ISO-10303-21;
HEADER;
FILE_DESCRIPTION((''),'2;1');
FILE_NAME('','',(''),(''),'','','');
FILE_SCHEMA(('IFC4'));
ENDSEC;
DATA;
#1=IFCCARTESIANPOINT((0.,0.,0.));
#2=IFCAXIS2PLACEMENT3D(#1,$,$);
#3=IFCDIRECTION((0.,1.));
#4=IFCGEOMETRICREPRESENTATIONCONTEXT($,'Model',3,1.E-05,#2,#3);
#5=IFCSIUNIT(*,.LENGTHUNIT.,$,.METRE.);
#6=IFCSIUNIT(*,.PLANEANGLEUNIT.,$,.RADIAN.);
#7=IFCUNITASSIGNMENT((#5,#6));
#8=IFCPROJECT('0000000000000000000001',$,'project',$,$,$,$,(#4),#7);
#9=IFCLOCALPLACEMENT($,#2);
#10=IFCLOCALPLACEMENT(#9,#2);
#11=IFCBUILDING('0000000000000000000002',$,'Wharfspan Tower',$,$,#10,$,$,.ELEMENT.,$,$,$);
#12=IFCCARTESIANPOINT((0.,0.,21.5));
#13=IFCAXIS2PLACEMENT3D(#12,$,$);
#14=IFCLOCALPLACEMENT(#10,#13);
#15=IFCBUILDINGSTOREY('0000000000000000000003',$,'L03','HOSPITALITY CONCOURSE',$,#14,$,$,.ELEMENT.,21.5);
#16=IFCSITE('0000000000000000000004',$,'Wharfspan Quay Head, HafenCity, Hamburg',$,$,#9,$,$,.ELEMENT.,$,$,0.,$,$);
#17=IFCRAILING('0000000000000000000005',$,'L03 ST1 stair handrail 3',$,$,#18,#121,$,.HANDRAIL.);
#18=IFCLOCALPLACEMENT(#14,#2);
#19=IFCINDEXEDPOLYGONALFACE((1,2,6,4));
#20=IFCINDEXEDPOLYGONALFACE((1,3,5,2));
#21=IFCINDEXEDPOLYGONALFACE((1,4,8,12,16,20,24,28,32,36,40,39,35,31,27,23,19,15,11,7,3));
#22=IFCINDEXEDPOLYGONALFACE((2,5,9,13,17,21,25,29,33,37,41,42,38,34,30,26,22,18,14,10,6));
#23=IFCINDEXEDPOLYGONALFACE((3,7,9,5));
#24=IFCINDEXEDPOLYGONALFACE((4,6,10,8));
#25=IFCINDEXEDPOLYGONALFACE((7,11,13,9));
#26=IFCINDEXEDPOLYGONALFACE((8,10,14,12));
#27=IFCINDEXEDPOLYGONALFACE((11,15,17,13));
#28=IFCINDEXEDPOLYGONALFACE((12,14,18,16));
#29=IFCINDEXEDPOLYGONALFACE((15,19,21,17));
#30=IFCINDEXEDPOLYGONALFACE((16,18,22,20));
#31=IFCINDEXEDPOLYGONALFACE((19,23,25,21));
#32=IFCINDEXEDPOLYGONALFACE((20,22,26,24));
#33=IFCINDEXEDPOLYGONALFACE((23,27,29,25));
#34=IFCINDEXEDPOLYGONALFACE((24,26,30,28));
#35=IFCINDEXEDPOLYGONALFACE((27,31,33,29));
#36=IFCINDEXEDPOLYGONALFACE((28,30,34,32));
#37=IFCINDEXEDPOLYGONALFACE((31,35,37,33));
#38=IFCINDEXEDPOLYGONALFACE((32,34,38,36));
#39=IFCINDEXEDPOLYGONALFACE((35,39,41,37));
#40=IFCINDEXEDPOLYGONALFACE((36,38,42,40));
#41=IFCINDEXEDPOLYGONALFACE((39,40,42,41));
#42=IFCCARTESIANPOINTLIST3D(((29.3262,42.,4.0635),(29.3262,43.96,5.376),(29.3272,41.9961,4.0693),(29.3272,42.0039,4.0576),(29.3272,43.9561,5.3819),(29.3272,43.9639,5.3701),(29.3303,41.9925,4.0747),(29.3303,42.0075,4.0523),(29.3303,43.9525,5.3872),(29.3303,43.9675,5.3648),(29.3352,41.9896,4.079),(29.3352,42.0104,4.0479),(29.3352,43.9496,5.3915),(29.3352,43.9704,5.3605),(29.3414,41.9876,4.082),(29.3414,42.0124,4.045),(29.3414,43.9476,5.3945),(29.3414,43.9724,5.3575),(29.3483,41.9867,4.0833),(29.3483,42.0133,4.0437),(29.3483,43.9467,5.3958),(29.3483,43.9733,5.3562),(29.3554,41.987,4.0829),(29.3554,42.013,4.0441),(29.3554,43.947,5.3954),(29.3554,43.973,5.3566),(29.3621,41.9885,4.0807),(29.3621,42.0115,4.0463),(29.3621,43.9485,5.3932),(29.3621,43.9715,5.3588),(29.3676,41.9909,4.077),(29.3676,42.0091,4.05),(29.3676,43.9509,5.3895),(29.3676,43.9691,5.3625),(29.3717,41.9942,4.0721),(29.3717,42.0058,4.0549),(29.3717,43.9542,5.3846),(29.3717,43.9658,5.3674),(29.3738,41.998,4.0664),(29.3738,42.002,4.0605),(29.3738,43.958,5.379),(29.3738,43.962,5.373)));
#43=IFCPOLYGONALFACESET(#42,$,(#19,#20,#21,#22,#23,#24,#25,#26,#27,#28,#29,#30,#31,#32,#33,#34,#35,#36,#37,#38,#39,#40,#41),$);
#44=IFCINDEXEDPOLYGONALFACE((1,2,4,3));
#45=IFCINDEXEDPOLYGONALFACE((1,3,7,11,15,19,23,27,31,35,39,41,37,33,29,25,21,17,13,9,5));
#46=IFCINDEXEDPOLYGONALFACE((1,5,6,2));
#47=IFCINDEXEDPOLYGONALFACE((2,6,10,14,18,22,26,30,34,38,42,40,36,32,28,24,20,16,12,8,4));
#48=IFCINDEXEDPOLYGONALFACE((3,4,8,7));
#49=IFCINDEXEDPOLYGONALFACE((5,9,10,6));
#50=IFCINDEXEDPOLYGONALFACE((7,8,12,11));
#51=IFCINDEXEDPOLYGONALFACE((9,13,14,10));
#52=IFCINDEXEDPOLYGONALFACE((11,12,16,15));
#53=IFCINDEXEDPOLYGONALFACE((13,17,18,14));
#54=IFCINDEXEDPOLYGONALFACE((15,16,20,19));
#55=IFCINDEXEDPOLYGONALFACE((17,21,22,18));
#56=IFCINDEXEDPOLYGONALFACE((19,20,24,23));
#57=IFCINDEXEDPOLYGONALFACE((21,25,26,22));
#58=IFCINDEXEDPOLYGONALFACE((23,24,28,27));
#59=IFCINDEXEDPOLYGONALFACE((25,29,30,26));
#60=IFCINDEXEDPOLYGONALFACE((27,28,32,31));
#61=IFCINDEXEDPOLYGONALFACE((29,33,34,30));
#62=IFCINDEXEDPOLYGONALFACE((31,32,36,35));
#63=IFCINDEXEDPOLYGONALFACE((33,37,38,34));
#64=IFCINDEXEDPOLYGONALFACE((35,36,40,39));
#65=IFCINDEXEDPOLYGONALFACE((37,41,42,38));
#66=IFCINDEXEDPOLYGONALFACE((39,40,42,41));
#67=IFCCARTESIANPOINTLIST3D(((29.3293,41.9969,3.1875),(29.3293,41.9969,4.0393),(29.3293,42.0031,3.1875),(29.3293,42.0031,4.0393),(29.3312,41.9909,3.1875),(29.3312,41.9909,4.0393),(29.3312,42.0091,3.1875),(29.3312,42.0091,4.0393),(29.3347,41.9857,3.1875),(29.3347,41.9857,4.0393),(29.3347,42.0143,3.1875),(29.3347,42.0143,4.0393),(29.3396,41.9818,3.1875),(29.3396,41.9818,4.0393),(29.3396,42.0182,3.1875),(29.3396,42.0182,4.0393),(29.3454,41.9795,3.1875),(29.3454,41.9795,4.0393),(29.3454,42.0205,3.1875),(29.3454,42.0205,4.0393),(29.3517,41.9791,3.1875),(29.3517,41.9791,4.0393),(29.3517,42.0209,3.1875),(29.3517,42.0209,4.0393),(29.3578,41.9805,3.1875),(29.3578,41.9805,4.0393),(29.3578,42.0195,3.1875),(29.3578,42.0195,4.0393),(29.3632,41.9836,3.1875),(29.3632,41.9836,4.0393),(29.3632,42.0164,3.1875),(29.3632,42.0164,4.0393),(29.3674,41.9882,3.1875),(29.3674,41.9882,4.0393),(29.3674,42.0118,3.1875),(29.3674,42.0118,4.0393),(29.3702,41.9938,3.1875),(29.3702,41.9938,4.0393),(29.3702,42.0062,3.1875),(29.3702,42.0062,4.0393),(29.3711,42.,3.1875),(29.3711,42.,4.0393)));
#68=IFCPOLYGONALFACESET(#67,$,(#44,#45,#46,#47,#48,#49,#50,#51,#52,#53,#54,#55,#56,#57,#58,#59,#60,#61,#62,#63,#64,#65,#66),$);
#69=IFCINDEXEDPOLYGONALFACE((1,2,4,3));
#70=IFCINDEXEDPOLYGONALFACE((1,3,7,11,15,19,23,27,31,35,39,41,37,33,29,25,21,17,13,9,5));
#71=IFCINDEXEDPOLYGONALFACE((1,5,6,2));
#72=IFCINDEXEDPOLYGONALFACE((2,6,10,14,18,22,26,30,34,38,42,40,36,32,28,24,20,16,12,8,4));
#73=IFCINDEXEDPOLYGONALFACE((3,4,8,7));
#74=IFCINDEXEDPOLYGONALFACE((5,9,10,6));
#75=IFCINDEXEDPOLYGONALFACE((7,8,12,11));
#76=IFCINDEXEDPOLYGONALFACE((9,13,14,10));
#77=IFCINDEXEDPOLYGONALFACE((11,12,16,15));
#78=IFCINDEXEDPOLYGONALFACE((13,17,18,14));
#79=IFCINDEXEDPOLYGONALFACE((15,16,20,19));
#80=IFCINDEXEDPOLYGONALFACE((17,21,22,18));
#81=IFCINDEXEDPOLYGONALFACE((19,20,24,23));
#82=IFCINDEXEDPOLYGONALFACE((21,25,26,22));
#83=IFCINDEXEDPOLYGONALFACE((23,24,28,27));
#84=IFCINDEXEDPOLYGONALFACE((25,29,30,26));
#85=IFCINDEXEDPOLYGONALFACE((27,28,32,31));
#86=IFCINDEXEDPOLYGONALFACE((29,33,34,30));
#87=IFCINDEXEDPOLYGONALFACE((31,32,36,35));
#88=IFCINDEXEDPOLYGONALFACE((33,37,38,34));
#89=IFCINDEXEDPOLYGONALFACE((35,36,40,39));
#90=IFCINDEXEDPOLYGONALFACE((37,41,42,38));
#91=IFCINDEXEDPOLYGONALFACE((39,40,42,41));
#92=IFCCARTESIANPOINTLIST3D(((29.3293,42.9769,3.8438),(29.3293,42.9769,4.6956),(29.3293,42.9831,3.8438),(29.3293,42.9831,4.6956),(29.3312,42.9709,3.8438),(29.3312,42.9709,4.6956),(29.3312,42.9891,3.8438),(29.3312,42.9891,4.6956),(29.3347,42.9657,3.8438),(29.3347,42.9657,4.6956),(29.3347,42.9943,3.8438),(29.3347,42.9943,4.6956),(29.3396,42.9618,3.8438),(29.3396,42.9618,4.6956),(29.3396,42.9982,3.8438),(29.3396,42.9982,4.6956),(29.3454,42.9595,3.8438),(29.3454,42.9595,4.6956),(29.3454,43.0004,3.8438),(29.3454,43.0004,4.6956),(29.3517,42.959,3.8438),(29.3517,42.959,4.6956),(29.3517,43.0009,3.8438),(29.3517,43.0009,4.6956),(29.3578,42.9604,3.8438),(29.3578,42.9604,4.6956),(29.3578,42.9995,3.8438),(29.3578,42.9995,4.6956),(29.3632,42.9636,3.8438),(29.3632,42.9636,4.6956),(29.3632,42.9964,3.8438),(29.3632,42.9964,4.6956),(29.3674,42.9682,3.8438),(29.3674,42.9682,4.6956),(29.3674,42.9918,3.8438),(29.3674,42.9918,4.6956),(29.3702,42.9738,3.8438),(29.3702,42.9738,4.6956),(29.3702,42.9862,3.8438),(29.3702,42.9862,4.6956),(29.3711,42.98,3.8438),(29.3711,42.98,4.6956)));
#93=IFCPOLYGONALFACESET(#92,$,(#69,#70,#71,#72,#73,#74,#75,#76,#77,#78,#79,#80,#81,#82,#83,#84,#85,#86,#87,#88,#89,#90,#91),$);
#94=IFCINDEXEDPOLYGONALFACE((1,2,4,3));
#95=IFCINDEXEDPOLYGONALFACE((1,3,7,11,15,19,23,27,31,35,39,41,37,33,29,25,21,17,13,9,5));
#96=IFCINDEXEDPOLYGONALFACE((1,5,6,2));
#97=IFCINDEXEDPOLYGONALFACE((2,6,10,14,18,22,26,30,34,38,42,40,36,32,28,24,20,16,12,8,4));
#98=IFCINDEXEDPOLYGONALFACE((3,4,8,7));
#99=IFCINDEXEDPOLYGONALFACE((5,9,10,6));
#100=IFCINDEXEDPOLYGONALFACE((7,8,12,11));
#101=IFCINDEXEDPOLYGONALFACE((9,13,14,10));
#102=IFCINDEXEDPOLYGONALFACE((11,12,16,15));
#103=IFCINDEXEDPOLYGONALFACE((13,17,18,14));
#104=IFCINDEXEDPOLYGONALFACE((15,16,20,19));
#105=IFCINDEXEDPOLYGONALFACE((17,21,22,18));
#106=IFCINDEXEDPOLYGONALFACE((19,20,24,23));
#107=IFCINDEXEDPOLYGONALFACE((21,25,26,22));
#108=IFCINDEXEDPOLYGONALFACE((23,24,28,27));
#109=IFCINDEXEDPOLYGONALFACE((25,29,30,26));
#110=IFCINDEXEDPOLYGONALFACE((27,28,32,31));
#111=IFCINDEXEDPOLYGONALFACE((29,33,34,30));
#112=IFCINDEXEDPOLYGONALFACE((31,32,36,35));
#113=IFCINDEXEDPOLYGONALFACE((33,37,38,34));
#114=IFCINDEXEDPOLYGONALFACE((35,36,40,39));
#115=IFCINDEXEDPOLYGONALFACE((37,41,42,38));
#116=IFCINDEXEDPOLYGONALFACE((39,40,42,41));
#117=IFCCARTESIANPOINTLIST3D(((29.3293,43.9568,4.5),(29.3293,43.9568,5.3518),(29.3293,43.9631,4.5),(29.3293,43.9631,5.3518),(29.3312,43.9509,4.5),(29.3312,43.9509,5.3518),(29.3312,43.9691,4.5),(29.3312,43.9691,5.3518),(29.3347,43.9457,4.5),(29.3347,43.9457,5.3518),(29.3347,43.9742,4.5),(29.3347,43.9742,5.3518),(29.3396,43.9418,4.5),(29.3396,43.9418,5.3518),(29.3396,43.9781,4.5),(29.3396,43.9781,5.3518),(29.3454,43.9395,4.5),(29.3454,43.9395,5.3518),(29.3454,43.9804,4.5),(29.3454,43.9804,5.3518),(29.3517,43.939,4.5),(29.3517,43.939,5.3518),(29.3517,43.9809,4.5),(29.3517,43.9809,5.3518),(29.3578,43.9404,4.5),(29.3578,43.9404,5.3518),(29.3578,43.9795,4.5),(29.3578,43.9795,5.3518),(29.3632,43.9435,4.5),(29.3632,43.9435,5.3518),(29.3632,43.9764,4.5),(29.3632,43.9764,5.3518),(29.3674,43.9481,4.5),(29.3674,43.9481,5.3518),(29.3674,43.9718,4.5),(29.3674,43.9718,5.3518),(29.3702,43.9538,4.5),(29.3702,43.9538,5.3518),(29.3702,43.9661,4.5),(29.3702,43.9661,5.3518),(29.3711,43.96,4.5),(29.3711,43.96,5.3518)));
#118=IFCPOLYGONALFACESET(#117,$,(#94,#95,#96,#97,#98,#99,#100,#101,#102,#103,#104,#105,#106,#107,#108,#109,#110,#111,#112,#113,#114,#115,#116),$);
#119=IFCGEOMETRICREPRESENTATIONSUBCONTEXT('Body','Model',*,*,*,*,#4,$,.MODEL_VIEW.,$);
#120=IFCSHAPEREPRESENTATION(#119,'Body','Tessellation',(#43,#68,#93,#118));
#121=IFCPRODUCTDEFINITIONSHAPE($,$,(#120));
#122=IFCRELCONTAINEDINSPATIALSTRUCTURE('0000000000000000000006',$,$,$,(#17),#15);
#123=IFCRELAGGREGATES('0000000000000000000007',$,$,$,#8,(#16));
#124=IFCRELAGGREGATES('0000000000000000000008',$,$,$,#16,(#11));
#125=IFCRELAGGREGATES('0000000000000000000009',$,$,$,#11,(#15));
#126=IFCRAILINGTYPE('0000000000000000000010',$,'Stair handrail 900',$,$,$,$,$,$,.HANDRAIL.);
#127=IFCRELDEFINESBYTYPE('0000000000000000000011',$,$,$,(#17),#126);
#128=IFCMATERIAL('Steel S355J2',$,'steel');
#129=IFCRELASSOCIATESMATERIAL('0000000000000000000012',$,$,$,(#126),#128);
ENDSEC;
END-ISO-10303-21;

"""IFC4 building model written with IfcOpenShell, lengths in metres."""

from ifc_helpers import new_model, si_unit, direction, frame, origin, origin_2d, place, context, subcontext, project, spatial, circle, extrude, material, type_object, element, save


model = new_model("IFC4")

# Units and contexts
model_context = context("Model", 3, precision=1e-05, world=origin(), true_north=direction((0.0, 1.0)))
body_context = subcontext(model_context, "Body", "Model", "MODEL_VIEW")
ifc_project = project(units=[si_unit("LENGTHUNIT", "METRE"), si_unit("PLANEANGLEUNIT", "RADIAN")], contexts=[model_context])

# Site, building, storey
site_placement = place(None, origin())
site = spatial("IfcSite", under=ifc_project, at=site_placement, Name="Wharfspan Quay Head, HafenCity, Hamburg", CompositionType="ELEMENT", RefElevation=0.0)
building_placement = place(site_placement, origin())
building = spatial("IfcBuilding", under=site, at=building_placement, Name="Wharfspan Tower", CompositionType="ELEMENT")
storey_placement = place(building_placement, frame((0.0, 0.0, 21.5)))
storey = spatial("IfcBuildingStorey", under=building, at=storey_placement, Name="L03", Description="HOSPITALITY CONCOURSE", CompositionType="ELEMENT", Elevation=21.5)

# Railing
ifc_material_1 = material(Name="Steel S355J2", Category="steel")
railing_type_1 = type_object("IfcRailingType", Name="Stair handrail 900", PredefinedType="HANDRAIL", material=ifc_material_1)
for number, where, name in (
    (1, (29.3501, 42.0, 3.1875), "L03 ST1 stair handrail 3"),
):
    element("IfcRailing", number, at=place(storey_placement, frame(where)), inside=storey, type_object=railing_type_1, Name=name, PredefinedType="HANDRAIL", context=body_context, shape_type="SweptSolid", body=[
        extrude(circle(Radius=0.0239, at=origin_2d()), frame((0.0, 0.0, 0.876), z_axis=(0.0, 0.830902, 0.556419), x_axis=(-1.0, 0.0, 0.0)), (0.0, 0.0, 1.0), 2.3589),
        extrude(circle(Radius=0.021, at=origin_2d()), origin(), (0.0, 0.0, 1.0), 0.8518),
        extrude(circle(Radius=0.021, at=origin_2d()), frame((0.0, 0.98, 0.6562)), (0.0, 0.0, 1.0), 0.8518),
        extrude(circle(Radius=0.021, at=origin_2d()), frame((0.0, 1.96, 1.3125)), (0.0, 0.0, 1.0), 0.8518),
    ])

save(model, "model.ifc")
